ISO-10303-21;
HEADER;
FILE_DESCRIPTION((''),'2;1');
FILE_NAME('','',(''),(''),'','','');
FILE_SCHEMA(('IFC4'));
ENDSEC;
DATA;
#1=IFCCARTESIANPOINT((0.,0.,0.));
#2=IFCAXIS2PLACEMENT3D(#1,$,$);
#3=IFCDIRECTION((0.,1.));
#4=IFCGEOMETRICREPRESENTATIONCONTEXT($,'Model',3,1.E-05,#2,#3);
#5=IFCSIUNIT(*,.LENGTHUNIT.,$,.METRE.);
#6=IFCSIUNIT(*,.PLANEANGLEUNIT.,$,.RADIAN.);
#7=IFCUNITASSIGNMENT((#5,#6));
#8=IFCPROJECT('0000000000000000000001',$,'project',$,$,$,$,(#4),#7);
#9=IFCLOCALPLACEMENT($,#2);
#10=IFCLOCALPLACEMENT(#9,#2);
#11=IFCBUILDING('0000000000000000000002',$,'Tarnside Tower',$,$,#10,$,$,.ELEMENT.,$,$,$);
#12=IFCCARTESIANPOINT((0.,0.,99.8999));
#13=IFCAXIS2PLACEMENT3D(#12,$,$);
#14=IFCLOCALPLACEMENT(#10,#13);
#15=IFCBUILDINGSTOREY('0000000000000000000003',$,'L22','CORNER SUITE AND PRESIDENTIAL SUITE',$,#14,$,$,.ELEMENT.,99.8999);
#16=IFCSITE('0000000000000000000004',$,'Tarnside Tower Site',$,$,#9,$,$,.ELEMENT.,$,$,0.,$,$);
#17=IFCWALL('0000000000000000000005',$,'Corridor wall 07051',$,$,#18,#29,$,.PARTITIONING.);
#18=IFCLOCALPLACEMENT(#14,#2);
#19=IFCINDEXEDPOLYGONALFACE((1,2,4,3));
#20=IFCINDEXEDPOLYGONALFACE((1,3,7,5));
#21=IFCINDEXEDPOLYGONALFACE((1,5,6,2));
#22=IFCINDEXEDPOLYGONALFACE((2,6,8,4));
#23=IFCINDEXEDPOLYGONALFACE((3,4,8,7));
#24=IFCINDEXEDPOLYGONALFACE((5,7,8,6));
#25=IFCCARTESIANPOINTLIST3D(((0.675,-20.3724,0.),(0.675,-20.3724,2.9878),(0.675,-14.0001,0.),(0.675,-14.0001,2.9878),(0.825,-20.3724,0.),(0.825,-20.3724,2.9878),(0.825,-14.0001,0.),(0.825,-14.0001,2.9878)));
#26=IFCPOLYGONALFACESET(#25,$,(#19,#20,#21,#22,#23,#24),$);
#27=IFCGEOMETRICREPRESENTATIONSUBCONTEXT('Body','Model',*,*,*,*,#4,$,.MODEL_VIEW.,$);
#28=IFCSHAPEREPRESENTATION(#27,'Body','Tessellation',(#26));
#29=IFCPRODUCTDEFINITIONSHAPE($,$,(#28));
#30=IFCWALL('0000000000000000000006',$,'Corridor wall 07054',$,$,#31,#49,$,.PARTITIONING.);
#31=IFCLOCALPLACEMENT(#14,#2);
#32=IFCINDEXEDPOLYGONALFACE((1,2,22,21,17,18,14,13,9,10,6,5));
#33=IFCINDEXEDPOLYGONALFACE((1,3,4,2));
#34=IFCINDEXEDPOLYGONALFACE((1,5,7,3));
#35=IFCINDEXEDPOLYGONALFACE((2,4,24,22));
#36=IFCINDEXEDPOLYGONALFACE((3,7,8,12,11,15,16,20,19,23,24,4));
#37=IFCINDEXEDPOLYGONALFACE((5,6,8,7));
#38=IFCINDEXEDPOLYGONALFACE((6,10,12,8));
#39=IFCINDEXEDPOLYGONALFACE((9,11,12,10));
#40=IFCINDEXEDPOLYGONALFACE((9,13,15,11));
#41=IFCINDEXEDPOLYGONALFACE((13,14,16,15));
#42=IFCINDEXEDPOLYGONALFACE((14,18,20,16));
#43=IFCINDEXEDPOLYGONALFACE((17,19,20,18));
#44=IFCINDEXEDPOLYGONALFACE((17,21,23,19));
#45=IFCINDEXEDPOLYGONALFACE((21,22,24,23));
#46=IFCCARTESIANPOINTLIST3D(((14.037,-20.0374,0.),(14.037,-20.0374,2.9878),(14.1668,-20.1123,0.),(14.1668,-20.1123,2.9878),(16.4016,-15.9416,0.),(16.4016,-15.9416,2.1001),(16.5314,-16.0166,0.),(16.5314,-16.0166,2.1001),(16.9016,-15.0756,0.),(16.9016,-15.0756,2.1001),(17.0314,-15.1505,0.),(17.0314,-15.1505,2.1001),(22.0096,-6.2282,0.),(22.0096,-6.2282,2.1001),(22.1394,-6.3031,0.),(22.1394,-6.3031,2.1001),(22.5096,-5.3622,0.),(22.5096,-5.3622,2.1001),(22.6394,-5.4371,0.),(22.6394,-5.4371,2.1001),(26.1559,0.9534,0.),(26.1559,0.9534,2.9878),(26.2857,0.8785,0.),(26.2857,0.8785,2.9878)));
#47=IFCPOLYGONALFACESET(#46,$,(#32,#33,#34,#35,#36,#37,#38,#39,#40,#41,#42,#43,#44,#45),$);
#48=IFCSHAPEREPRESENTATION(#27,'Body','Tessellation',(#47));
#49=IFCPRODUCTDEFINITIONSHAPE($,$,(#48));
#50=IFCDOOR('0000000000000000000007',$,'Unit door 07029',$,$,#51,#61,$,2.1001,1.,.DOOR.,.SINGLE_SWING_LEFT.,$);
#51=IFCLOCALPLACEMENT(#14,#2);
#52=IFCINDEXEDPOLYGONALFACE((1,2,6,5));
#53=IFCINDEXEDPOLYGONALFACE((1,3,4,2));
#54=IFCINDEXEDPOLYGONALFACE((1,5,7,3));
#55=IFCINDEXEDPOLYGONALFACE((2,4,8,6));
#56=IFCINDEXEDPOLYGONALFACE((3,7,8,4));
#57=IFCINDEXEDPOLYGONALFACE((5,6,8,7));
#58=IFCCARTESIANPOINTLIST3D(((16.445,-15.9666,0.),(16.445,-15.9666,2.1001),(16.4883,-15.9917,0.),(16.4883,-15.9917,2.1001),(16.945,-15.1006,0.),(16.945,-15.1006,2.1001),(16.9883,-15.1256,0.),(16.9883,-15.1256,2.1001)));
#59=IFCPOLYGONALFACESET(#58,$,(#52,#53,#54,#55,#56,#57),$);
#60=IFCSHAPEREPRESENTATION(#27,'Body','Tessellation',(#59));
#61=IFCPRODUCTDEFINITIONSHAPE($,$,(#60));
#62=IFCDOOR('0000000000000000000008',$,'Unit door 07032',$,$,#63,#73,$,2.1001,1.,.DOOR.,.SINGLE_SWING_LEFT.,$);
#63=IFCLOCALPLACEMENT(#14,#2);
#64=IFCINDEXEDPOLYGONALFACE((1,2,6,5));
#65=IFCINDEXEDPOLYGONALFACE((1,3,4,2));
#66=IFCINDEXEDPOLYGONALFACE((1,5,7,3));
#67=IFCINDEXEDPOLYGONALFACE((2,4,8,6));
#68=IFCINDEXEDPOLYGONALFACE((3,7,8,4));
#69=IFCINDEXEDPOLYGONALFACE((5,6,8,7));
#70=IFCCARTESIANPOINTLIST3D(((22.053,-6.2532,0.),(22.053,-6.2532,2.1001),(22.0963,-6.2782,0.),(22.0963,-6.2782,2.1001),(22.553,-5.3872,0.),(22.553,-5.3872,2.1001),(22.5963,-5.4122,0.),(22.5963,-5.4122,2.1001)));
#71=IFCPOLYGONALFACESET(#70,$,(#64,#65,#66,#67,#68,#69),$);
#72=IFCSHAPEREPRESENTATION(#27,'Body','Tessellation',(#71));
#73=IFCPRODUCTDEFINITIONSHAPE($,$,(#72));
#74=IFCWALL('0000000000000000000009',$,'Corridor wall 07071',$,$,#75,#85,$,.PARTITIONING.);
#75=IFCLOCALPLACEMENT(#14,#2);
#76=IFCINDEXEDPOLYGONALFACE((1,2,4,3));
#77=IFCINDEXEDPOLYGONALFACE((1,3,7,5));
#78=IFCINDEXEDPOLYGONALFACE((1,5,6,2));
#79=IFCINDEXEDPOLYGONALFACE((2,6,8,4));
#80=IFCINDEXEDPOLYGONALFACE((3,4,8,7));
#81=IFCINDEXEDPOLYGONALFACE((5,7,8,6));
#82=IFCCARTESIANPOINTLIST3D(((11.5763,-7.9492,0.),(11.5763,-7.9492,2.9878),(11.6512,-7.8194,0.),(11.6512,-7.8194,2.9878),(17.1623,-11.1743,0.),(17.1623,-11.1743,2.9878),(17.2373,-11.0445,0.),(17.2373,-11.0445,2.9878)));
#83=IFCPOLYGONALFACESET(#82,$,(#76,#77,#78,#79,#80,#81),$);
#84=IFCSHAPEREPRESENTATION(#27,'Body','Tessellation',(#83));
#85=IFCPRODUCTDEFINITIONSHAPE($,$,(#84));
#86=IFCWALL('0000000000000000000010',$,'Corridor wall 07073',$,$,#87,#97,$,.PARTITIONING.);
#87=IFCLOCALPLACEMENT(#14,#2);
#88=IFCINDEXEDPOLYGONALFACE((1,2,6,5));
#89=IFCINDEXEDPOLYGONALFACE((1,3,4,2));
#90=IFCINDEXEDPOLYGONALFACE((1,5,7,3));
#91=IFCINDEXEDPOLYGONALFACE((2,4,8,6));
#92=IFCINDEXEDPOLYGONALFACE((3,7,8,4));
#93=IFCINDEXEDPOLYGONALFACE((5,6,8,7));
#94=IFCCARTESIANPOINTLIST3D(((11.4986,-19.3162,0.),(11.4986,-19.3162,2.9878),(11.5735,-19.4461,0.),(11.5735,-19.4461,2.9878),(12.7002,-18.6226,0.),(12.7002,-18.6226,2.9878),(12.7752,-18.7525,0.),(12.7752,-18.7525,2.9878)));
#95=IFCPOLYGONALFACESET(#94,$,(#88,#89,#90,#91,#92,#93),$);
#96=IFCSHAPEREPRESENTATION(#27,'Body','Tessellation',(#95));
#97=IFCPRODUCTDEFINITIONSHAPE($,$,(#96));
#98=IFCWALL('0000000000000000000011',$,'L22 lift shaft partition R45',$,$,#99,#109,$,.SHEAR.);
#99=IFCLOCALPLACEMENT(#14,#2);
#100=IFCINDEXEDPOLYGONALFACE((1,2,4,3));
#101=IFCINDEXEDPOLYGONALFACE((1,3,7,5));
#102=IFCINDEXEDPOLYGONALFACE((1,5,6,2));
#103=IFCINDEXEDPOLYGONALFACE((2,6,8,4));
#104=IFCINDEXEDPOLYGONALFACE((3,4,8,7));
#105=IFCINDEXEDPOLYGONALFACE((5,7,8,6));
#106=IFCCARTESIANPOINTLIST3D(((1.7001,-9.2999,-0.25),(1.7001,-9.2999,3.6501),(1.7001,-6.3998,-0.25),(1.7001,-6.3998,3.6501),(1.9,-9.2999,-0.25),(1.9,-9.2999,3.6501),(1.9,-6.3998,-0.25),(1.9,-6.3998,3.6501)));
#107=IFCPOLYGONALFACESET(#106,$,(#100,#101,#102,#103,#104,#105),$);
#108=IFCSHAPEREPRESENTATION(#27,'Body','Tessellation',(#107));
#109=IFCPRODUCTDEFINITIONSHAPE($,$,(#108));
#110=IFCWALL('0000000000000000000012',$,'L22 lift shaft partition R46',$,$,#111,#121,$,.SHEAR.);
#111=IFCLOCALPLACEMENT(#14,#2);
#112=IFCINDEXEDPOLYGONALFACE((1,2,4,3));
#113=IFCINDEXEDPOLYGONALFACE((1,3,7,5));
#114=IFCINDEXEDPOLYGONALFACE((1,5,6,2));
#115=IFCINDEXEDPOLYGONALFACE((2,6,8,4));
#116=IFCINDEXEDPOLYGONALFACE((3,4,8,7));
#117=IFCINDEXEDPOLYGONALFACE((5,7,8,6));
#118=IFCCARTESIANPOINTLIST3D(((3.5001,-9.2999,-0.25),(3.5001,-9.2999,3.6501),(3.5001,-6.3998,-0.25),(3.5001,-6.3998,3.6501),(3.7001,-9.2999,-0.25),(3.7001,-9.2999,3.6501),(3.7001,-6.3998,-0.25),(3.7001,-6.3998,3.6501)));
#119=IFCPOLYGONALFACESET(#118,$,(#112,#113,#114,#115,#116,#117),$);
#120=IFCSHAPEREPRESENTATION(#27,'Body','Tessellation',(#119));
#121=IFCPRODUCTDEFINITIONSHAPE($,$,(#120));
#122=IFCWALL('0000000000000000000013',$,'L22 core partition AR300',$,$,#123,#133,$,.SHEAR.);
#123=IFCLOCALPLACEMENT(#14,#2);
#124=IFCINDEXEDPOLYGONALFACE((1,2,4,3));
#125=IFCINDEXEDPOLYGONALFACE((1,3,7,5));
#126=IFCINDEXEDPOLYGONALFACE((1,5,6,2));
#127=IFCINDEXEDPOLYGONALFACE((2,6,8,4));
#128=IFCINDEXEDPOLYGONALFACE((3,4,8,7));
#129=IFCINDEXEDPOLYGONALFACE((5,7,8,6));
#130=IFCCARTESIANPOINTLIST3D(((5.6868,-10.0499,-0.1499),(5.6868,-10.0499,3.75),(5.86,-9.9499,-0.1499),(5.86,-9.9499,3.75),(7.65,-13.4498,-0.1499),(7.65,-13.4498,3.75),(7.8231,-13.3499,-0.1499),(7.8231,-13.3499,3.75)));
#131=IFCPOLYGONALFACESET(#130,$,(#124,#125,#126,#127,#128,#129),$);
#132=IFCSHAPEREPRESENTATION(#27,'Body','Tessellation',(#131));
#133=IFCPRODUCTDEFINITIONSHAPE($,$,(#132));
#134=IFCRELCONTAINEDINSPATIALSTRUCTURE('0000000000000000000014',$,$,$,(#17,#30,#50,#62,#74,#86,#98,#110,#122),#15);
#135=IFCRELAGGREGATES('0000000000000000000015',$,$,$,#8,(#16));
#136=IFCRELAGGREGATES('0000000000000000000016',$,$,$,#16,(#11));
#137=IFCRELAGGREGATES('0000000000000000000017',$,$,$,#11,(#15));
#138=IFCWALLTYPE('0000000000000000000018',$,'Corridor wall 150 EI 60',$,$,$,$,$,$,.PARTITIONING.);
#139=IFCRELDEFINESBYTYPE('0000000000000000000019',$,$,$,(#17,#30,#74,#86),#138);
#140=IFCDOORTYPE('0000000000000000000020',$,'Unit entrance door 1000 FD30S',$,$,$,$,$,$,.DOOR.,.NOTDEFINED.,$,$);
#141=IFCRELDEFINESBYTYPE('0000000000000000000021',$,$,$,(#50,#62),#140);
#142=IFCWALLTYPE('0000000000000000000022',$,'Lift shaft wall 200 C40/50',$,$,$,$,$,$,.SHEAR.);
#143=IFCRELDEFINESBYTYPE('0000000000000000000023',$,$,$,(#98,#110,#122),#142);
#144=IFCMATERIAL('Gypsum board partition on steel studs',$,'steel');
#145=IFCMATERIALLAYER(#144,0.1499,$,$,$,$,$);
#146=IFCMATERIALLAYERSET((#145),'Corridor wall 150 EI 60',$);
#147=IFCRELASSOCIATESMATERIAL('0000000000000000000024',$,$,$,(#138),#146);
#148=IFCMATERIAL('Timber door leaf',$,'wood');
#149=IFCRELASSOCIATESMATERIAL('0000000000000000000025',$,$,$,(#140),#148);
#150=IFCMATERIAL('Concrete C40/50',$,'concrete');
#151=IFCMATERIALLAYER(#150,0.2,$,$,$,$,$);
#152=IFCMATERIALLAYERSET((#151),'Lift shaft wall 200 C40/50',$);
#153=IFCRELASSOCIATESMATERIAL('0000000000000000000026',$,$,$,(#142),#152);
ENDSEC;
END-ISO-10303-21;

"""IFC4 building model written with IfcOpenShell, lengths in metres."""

from ifc_helpers import new_model, si_unit, direction, frame, frame_2d, origin, place, context, subcontext, project, spatial, rectangle, extrude, material, layer, layer_set, type_object, element, fill, save


model = new_model("IFC4")

# Units and contexts
model_context = context("Model", 3, precision=1e-05, world=origin(), true_north=direction((0.0, 1.0)))
body_context = subcontext(model_context, "Body", "Model", "MODEL_VIEW")
ifc_project = project(units=[si_unit("LENGTHUNIT", "METRE"), si_unit("PLANEANGLEUNIT", "RADIAN")], contexts=[model_context])

# Site, building, storey
site_placement = place(None, origin())
site = spatial("IfcSite", under=ifc_project, at=site_placement, Name="Tarnside Tower Site", CompositionType="ELEMENT", RefElevation=0.0)
building_placement = place(site_placement, origin())
building = spatial("IfcBuilding", under=site, at=building_placement, Name="Tarnside Tower", CompositionType="ELEMENT")
storey_placement = place(building_placement, frame((0.0, 0.0, 99.8999)))
storey = spatial("IfcBuildingStorey", under=building, at=storey_placement, Name="L22", Description="CORNER SUITE AND PRESIDENTIAL SUITE", CompositionType="ELEMENT", Elevation=99.8999)

# Shared definitions
ifc_material_1 = material(Name="Gypsum board partition on steel studs", Category="steel")
ifc_material_2 = material(Name="Timber door leaf", Category="wood")
ifc_layer_1 = layer(ifc_material_1, 0.1499)
ifc_layer_set_1 = layer_set([ifc_layer_1], Name="Corridor wall 150 EI 60")
wall_type_1 = type_object("IfcWallType", Name="Corridor wall 150 EI 60", PredefinedType="PARTITIONING", material=ifc_layer_set_1)

# Wall
wall_1_placement = place(storey_placement, frame((0.75, -20.3723, 0.0), z_axis=(0.0, 0.0, 1.0), x_axis=(0.0, 1.0, 0.0)))
element("IfcWall", 1, at=wall_1_placement, inside=storey, type_object=wall_type_1, Name="Corridor wall 07051", PredefinedType="PARTITIONING", context=body_context, shape_type="SweptSolid", body=[
    extrude(rectangle(XDim=6.3723, YDim=0.1499, at=frame_2d((3.186, 0.0))), origin(), (0.0, 0.0, 1.0), 2.9878),
])

# Wall, openings, doors
wall_2_placement = place(storey_placement, frame((14.1018, -20.075, 0.0), z_axis=(0.0, 0.0, 1.0), x_axis=(0.499997, 0.866027, 0.0)))
wall_2 = element("IfcWall", 2, at=wall_2_placement, inside=storey, type_object=wall_type_1, Name="Corridor wall 07054", PredefinedType="PARTITIONING", context=body_context, shape_type="SweptSolid", body=[
    extrude(rectangle(XDim=24.238, YDim=0.1499, at=frame_2d((12.1191, 0.0))), origin(), (0.0, 0.0, 1.0), 2.9878),
])
opening_1_placement = place(wall_2_placement, frame((4.7295, 0.0, 0.0)))
opening_1 = element("IfcOpeningElement", 3, at=opening_1_placement, cuts=wall_2, PredefinedType="OPENING", context=body_context, shape_type="SweptSolid", body=[
    extrude(rectangle(XDim=1.0, YDim=2.1001, at=frame_2d((0.5, 1.05))), frame((0.0, 0.085, 0.0), z_axis=(0.0, -1.0, 0.0), x_axis=(1.0, 0.0, 0.0)), (0.0, 0.0, 1.0), 0.1699),
])
opening_2_placement = place(wall_2_placement, frame((15.9456, 0.0, 0.0)))
opening_2 = element("IfcOpeningElement", 4, at=opening_2_placement, cuts=wall_2, PredefinedType="OPENING", context=body_context, shape_type="SweptSolid", body=[
    extrude(rectangle(XDim=1.0, YDim=2.1001, at=frame_2d((0.5, 1.05))), frame((0.0, 0.085, 0.0), z_axis=(0.0, -1.0, 0.0), x_axis=(1.0, 0.0, 0.0)), (0.0, 0.0, 1.0), 0.1699),
])
door_type_1 = type_object("IfcDoorType", Name="Unit entrance door 1000 FD30S", OperationType="NOTDEFINED", PredefinedType="DOOR", material=ifc_material_2)
door_1_placement = place(opening_1_placement, origin())
door_1 = element("IfcDoor", 5, at=door_1_placement, inside=storey, type_object=door_type_1, Name="Unit door 07029", OperationType="SINGLE_SWING_LEFT", OverallHeight=2.1001, OverallWidth=1.0, PredefinedType="DOOR", context=body_context, shape_type="SweptSolid", body=[
    extrude(rectangle(XDim=1.0, YDim=2.1001, at=frame_2d((0.5, 1.05))), frame((0.0, 0.0249, 0.0), z_axis=(0.0, -1.0, 0.0), x_axis=(1.0, 0.0, 0.0)), (0.0, 0.0, 1.0), 0.05),
])
fill(opening_1, door_1)
door_2_placement = place(opening_2_placement, origin())
door_2 = element("IfcDoor", 6, at=door_2_placement, inside=storey, type_object=door_type_1, Name="Unit door 07032", OperationType="SINGLE_SWING_LEFT", OverallHeight=2.1001, OverallWidth=1.0, PredefinedType="DOOR", context=body_context, shape_type="SweptSolid", body=[
    extrude(rectangle(XDim=1.0, YDim=2.1001, at=frame_2d((0.5, 1.05))), frame((0.0, 0.0249, 0.0), z_axis=(0.0, -1.0, 0.0), x_axis=(1.0, 0.0, 0.0)), (0.0, 0.0, 1.0), 0.05),
])
fill(opening_2, door_2)

# Walls
wall_3_placement = place(storey_placement, frame((11.6138, -7.8843, 0.0), z_axis=(0.0, 0.0, 1.0), x_axis=(0.866022, -0.500006, 0.0)))
element("IfcWall", 7, at=wall_3_placement, inside=storey, type_object=wall_type_1, Name="Corridor wall 07071", PredefinedType="PARTITIONING", context=body_context, shape_type="SweptSolid", body=[
    extrude(rectangle(XDim=6.4502, YDim=0.1499, at=frame_2d((3.2251, 0.0))), origin(), (0.0, 0.0, 1.0), 2.9878),
])
wall_4_placement = place(storey_placement, frame((12.7378, -18.6875, 0.0), z_axis=(0.0, 0.0, 1.0), x_axis=(-0.86608, -0.499905, 0.0)))
element("IfcWall", 8, at=wall_4_placement, inside=storey, type_object=wall_type_1, Name="Corridor wall 07073", PredefinedType="PARTITIONING", context=body_context, shape_type="SweptSolid", body=[
    extrude(rectangle(XDim=1.3875, YDim=0.1499, at=frame_2d((0.6938, 0.0))), origin(), (0.0, 0.0, 1.0), 2.9878),
])
ifc_material_3 = material(Name="Concrete C40/50", Category="concrete")
ifc_layer_2 = layer(ifc_material_3, 0.2)
ifc_layer_set_2 = layer_set([ifc_layer_2], Name="Lift shaft wall 200 C40/50")
wall_type_2 = type_object("IfcWallType", Name="Lift shaft wall 200 C40/50", PredefinedType="SHEAR", material=ifc_layer_set_2)
for number, where, z_axis, x_axis, name in (
    (9, (1.8, -9.3, -0.25), (0.0, 0.0, 1.0), (0.0, 1.0, 0.0), "L22 lift shaft partition R45"),
    (10, (3.6001, -9.3, -0.25), (0.0, 0.0, 1.0), (0.0, 1.0, 0.0), "L22 lift shaft partition R46"),
):
    element("IfcWall", number, at=place(storey_placement, frame(where, z_axis=z_axis, x_axis=x_axis)), inside=storey, type_object=wall_type_2, Name=name, PredefinedType="SHEAR", context=body_context, shape_type="SweptSolid", body=[
        extrude(rectangle(XDim=2.9001, YDim=0.2, at=frame_2d((1.4502, 0.0))), origin(), (0.0, 0.0, 1.0), 3.9001),
    ])
wall_5_placement = place(storey_placement, frame((5.7734, -10.0, -0.1499), z_axis=(0.0, 0.0, 1.0), x_axis=(0.500038, -0.866003, 0.0)))
element("IfcWall", 11, at=wall_5_placement, inside=storey, type_object=wall_type_2, Name="L22 core partition AR300", PredefinedType="SHEAR", context=body_context, shape_type="SweptSolid", body=[
    extrude(rectangle(XDim=3.926, YDim=0.2, at=frame_2d((1.9629, 0.0))), origin(), (0.0, 0.0, 1.0), 3.8999),
])

save(model, "model.ifc")
